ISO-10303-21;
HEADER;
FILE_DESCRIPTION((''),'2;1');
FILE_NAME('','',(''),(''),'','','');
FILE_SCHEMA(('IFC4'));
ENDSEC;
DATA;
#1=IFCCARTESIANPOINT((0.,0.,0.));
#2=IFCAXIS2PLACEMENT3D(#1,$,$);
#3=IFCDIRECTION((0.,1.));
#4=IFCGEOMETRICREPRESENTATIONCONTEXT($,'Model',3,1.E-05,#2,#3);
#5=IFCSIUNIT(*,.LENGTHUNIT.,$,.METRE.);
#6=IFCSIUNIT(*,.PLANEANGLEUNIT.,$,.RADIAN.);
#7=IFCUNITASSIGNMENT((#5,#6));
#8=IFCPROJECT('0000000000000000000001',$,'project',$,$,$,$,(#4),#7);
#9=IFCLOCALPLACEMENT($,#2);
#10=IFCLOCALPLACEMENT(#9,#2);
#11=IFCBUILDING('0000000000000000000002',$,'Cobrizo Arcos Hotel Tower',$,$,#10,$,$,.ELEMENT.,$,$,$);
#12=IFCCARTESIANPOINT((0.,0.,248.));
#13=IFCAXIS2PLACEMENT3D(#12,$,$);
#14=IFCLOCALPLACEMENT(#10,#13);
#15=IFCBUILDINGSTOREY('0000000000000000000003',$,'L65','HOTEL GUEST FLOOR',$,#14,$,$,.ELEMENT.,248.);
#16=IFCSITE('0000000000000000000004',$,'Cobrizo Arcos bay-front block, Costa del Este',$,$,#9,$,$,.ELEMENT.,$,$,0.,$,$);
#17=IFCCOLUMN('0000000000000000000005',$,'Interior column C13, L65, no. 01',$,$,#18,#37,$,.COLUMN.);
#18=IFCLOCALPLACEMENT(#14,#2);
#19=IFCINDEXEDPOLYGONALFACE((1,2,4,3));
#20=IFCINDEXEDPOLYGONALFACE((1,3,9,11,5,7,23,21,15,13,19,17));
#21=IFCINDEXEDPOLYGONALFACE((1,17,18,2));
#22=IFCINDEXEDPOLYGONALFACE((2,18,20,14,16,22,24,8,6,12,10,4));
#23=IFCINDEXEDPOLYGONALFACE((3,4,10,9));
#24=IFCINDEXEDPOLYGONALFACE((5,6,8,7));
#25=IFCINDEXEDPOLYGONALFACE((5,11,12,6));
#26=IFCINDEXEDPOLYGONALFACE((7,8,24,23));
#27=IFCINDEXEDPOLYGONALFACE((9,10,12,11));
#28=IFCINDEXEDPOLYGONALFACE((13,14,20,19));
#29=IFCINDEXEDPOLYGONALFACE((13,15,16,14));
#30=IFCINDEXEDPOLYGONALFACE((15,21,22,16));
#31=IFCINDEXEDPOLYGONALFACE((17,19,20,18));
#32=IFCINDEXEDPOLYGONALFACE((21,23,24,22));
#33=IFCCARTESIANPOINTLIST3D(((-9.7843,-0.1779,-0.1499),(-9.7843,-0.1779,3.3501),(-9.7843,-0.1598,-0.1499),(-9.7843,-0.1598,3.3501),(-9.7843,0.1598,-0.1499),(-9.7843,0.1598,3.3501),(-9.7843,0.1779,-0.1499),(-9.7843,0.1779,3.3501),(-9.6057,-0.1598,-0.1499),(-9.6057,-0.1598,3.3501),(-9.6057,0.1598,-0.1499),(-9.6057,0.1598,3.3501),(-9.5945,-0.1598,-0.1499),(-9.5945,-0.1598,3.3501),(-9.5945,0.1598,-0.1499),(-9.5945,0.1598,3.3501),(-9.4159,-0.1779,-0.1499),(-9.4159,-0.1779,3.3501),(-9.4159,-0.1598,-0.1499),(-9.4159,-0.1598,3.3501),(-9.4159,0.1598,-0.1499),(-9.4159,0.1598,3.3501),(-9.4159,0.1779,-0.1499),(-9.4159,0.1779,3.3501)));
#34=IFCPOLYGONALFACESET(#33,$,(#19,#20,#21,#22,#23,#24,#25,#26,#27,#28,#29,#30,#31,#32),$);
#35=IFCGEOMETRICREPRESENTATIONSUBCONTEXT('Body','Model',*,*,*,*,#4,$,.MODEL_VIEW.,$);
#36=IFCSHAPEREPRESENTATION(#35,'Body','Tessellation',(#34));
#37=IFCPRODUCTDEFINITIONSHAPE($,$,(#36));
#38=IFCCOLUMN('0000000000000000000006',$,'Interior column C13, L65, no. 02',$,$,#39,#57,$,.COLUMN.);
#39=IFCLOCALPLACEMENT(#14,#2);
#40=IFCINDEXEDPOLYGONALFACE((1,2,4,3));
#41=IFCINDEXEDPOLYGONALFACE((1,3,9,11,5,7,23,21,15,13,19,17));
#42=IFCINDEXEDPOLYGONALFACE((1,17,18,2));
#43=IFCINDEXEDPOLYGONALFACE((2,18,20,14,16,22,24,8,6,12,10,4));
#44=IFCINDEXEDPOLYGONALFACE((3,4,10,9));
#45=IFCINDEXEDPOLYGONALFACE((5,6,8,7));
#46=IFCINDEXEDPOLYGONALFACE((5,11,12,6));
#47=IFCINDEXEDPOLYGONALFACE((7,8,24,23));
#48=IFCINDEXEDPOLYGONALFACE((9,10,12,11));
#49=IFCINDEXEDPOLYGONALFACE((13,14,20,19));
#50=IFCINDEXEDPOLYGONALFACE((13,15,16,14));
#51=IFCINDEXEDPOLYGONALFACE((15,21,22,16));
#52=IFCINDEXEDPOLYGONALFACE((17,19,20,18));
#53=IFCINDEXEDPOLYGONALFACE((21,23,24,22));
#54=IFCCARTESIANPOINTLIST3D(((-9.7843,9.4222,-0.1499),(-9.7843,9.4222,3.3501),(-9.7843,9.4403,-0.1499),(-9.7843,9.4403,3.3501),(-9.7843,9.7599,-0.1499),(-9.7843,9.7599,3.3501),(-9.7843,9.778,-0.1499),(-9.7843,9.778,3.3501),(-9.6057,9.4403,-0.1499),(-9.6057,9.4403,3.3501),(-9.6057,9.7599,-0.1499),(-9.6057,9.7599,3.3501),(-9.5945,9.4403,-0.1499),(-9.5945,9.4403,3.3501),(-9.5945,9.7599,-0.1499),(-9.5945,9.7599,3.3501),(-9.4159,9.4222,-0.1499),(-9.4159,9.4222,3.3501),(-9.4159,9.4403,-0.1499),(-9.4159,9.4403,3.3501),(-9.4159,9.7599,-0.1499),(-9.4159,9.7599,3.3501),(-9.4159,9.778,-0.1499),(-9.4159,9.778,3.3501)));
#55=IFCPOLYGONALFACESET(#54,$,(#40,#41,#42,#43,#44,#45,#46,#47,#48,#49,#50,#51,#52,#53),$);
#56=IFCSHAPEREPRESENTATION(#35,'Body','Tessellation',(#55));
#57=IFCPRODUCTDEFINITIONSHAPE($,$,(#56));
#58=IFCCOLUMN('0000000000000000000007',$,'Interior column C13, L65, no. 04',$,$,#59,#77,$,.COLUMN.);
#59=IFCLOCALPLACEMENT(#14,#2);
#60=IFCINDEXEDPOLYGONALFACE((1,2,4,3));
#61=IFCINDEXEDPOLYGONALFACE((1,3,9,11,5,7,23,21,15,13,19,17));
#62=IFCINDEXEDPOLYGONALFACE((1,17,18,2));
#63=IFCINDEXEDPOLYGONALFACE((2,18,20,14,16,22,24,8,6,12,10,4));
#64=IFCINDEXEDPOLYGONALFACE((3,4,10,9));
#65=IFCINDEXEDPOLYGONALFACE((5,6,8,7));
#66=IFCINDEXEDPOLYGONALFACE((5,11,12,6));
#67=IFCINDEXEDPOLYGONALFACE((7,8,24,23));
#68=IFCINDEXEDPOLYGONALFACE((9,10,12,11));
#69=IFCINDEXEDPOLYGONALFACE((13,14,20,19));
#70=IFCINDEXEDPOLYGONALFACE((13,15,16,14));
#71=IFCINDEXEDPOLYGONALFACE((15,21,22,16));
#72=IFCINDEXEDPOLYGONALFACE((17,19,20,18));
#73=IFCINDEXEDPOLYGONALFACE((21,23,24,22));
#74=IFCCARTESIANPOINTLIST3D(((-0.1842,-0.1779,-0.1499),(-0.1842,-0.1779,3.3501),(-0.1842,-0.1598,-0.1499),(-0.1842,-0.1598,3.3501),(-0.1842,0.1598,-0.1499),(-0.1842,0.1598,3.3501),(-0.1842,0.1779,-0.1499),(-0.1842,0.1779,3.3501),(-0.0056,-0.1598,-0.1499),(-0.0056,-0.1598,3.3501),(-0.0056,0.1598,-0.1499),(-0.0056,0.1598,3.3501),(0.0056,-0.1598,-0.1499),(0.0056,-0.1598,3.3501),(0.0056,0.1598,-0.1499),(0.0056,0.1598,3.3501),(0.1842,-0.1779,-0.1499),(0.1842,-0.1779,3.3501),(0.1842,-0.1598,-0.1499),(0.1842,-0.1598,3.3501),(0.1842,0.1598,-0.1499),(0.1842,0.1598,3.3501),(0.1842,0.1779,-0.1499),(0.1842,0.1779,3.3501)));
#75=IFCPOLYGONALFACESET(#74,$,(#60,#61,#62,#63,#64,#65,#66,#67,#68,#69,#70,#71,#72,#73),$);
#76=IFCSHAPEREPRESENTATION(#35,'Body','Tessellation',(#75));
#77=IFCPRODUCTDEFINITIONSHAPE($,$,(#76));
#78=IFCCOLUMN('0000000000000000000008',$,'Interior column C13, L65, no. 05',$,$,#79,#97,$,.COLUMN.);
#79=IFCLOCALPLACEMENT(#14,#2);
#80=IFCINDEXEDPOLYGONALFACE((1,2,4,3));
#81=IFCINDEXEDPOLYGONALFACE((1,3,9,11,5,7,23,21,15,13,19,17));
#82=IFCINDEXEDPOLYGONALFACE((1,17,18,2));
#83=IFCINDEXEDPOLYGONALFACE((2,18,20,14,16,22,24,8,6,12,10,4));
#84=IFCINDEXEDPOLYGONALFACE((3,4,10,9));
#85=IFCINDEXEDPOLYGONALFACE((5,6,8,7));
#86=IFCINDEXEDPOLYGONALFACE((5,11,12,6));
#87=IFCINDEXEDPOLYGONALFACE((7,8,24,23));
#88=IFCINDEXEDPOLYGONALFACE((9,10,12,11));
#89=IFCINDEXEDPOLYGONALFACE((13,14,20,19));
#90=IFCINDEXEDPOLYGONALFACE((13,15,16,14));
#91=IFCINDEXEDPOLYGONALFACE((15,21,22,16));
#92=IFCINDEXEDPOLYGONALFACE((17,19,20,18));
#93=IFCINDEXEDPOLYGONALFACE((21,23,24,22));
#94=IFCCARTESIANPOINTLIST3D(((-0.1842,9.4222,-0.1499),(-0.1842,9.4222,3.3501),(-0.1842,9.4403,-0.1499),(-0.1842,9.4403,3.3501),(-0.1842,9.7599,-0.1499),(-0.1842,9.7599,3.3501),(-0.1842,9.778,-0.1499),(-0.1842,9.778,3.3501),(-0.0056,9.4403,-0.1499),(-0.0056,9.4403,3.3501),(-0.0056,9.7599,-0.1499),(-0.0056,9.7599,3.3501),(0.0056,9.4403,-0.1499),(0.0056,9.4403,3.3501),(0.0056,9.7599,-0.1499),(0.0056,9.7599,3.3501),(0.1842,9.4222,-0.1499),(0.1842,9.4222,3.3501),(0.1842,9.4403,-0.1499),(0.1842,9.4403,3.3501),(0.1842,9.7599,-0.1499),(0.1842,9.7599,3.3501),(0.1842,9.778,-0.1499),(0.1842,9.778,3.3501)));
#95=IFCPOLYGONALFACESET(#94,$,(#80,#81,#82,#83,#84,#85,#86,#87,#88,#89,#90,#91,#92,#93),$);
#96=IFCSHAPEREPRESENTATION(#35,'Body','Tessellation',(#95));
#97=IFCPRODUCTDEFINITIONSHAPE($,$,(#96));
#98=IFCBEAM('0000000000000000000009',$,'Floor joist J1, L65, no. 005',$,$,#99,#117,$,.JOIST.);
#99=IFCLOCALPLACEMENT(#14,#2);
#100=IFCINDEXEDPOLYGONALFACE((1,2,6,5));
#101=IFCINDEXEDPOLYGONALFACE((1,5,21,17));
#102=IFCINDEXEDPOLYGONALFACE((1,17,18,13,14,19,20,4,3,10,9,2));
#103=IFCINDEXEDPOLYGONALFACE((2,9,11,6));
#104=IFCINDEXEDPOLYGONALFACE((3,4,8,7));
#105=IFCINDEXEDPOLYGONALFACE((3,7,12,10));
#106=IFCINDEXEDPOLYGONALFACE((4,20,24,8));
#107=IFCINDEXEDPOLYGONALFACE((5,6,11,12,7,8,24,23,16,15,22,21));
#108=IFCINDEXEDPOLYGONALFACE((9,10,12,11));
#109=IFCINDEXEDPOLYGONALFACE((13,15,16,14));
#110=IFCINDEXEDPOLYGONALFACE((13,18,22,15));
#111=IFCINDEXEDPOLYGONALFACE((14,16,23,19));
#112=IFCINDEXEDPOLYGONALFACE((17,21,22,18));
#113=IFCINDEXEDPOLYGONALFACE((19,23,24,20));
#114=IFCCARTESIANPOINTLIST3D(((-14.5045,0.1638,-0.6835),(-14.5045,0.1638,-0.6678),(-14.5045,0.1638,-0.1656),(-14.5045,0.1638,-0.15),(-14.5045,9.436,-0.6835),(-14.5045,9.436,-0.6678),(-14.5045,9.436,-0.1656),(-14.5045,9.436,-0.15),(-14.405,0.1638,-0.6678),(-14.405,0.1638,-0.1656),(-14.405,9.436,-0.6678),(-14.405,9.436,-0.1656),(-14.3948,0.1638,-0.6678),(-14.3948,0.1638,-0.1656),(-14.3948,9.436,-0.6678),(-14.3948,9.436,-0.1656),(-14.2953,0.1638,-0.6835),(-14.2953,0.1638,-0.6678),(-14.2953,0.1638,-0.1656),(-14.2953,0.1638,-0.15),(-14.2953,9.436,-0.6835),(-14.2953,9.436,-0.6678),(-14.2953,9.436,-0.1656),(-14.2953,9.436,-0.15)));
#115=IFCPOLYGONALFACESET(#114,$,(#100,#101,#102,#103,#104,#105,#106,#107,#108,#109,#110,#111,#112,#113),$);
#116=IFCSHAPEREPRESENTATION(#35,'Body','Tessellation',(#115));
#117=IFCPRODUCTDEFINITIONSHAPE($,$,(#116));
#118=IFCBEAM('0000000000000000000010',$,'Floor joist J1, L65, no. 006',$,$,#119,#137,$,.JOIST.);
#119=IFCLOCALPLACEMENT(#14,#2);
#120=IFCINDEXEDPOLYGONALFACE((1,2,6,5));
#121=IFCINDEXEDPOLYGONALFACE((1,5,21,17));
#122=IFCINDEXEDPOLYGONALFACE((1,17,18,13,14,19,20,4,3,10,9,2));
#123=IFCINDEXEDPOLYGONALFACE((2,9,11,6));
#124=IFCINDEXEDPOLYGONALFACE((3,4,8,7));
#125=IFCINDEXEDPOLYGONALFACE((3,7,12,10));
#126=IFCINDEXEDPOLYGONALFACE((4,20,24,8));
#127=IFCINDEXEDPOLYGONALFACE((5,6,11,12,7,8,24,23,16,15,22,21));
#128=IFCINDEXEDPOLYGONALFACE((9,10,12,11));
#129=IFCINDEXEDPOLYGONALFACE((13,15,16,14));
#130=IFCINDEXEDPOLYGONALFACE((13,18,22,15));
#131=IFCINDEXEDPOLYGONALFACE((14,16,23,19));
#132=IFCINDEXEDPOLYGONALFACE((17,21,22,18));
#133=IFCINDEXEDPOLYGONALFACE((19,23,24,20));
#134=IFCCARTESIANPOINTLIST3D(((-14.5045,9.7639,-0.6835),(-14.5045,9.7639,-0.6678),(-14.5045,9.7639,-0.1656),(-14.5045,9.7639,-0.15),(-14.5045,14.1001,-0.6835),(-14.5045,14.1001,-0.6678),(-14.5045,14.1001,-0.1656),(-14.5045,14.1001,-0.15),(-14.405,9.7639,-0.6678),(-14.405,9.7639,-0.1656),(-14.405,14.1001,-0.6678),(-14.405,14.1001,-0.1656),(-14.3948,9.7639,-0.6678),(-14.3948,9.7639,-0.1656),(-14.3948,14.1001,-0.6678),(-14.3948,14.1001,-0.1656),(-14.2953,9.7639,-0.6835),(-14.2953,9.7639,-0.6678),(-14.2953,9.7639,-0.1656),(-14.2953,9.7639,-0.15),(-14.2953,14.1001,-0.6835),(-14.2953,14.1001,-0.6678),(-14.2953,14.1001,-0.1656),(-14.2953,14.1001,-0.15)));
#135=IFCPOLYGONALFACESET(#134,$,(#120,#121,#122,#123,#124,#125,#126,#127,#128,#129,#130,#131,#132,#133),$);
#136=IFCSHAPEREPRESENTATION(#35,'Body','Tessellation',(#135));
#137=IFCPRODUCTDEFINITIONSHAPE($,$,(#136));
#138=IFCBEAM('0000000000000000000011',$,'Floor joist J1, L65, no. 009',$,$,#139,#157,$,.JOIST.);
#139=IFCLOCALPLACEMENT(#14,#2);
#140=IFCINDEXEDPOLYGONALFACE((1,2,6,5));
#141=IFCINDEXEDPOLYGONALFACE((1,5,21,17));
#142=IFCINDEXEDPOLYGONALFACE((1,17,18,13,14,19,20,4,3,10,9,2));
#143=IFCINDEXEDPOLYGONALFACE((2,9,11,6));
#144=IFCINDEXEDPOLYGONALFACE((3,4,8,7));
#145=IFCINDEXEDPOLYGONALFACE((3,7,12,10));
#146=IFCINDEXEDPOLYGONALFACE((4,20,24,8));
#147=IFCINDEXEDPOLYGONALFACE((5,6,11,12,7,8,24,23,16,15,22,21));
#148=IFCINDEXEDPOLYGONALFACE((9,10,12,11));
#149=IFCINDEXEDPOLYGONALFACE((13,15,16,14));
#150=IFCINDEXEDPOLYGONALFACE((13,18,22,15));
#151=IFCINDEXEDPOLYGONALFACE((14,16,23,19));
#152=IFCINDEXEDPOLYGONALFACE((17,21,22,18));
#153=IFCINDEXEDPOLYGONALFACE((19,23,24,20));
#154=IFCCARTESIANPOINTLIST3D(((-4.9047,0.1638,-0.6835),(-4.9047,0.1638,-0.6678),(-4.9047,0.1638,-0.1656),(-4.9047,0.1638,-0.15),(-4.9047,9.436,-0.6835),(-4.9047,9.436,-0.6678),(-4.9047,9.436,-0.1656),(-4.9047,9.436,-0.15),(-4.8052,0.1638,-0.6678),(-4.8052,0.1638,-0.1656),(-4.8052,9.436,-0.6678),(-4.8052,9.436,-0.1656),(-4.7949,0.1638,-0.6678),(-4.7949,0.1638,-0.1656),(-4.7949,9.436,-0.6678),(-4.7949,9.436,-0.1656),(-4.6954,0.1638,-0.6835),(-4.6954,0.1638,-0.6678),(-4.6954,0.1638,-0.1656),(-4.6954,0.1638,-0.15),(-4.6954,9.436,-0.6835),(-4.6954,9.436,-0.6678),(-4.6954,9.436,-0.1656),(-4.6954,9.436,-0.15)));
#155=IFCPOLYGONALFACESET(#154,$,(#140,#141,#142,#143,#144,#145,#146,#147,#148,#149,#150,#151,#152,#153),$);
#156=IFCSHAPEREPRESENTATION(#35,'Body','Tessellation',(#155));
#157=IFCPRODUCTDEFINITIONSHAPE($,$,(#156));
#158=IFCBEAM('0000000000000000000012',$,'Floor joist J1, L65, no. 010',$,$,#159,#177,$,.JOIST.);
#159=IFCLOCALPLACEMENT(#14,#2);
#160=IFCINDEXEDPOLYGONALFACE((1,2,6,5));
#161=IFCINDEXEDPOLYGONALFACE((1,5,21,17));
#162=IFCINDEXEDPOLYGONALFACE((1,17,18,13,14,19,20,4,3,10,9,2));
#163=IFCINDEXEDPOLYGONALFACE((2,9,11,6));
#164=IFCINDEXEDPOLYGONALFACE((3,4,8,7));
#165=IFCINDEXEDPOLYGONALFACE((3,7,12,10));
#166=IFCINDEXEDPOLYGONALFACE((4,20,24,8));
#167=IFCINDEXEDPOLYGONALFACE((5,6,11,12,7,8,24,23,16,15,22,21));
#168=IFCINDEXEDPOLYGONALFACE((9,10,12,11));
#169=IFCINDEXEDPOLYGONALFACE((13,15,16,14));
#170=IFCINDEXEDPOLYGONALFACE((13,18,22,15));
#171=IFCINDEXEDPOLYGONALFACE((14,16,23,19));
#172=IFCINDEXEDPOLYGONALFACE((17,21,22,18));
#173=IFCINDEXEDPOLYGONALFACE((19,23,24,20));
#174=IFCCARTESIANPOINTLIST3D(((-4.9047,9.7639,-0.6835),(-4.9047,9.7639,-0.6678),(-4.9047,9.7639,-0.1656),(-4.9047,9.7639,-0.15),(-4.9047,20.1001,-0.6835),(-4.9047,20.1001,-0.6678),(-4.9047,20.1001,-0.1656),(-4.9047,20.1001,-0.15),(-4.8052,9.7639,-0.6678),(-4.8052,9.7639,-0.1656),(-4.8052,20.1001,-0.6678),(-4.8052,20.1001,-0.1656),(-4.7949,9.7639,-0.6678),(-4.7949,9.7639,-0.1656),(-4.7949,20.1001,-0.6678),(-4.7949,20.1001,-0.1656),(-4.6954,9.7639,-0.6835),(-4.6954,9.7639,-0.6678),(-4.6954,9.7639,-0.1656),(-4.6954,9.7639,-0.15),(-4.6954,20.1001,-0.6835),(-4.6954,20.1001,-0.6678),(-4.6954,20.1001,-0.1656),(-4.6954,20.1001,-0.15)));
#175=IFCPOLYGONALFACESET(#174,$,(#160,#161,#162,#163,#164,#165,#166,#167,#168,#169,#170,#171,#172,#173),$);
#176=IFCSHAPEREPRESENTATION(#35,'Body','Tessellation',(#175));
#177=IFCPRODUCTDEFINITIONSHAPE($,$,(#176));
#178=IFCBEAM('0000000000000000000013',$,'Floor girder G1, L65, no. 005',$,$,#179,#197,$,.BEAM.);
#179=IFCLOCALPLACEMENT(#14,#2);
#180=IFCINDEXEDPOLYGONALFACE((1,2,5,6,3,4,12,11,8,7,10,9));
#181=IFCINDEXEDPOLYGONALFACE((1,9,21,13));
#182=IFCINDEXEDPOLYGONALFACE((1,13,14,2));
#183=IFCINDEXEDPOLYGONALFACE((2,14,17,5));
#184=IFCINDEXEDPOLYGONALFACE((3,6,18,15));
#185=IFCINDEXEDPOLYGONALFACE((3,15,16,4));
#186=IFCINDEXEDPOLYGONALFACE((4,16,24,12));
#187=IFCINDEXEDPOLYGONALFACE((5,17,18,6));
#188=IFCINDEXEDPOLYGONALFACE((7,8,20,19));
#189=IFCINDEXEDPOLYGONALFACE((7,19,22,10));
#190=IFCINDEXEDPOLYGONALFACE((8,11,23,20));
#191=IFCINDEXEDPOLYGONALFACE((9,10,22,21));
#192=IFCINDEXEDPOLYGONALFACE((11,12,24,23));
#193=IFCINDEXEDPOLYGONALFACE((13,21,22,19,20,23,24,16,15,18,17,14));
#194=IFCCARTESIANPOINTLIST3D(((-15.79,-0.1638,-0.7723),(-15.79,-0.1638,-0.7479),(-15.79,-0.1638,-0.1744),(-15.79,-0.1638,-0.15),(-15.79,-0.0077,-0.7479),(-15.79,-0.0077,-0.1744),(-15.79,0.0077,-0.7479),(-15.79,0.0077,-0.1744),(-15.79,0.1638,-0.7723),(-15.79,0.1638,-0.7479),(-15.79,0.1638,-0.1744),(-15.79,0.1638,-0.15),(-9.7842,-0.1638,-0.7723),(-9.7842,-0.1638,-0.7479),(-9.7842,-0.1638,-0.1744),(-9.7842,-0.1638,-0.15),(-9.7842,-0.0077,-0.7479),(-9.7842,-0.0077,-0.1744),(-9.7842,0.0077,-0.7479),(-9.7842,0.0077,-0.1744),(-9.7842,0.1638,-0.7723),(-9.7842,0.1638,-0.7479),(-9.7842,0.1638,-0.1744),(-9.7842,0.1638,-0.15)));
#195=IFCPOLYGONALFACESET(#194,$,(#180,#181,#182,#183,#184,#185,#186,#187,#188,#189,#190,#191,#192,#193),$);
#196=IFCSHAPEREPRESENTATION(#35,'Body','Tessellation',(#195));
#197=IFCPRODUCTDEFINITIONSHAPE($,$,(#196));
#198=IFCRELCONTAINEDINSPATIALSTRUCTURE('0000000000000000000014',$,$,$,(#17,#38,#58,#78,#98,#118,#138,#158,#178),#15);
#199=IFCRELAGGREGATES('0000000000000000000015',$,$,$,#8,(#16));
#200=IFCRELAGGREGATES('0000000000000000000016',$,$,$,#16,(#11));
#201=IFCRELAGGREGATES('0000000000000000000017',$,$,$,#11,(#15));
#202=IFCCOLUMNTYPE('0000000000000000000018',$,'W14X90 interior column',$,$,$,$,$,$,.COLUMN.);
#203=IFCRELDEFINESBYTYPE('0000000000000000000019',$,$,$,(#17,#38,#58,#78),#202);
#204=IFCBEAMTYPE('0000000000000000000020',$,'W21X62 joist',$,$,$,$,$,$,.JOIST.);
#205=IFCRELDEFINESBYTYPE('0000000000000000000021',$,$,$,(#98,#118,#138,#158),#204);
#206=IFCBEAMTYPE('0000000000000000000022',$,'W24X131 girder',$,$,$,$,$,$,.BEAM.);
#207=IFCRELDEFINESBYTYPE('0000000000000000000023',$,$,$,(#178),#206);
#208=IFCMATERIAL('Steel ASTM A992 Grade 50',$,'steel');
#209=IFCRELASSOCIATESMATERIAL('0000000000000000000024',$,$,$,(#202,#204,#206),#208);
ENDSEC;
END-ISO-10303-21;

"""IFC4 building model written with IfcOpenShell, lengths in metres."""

from ifc_helpers import new_model, si_unit, direction, frame, origin, origin_2d, place, context, subcontext, project, spatial, i_section, extrude, material, material_profile, profile_set, type_object, element, save


model = new_model("IFC4")

# Units and contexts
model_context = context("Model", 3, precision=1e-05, world=origin(), true_north=direction((0.0, 1.0)))
body_context = subcontext(model_context, "Body", "Model", "MODEL_VIEW")
ifc_project = project(units=[si_unit("LENGTHUNIT", "METRE"), si_unit("PLANEANGLEUNIT", "RADIAN")], contexts=[model_context])

# Site, building, storey
site_placement = place(None, origin())
site = spatial("IfcSite", under=ifc_project, at=site_placement, Name="Cobrizo Arcos bay-front block, Costa del Este", CompositionType="ELEMENT", RefElevation=0.0)
building_placement = place(site_placement, origin())
building = spatial("IfcBuilding", under=site, at=building_placement, Name="Cobrizo Arcos Hotel Tower", CompositionType="ELEMENT")
storey_placement = place(building_placement, frame((0.0, 0.0, 248.0)))
storey = spatial("IfcBuildingStorey", under=building, at=storey_placement, Name="L65", Description="HOTEL GUEST FLOOR", CompositionType="ELEMENT", Elevation=248.0)

# Columns
ifc_material_1 = material(Name="Steel ASTM A992 Grade 50", Category="steel")
ifc_material_profile_1 = material_profile(ifc_material_1, i_section(OverallWidth=0.3684, OverallDepth=0.3557, WebThickness=0.0112, FlangeThickness=0.0181, at=origin_2d()), Name="W14X90")
ifc_profile_set_1 = profile_set([ifc_material_profile_1], Name="Steel ASTM A992 Grade 50")
column_type = type_object("IfcColumnType", Name="W14X90 interior column", PredefinedType="COLUMN", material=ifc_profile_set_1)
for number, where, z_axis, x_axis, name in (
    (1, (-9.6001, 0.0, -0.1499), (0.0, 0.0, 1.0), (1.0, 0.0, 0.0), "Interior column C13, L65, no. 01"),
    (2, (-9.6001, 9.6001, -0.1499), (0.0, 0.0, 1.0), (1.0, 0.0, 0.0), "Interior column C13, L65, no. 02"),
    (3, (0.0, 0.0, -0.1499), (0.0, 0.0, 1.0), (1.0, 0.0, 0.0), "Interior column C13, L65, no. 04"),
    (4, (0.0, 9.6001, -0.1499), (0.0, 0.0, 1.0), (1.0, 0.0, 0.0), "Interior column C13, L65, no. 05"),
):
    element("IfcColumn", number, at=place(storey_placement, frame(where, z_axis=z_axis, x_axis=x_axis)), inside=storey, type_object=column_type, Name=name, PredefinedType="COLUMN", context=body_context, shape_type="SweptSolid", body=[
        extrude(i_section(OverallWidth=0.3684, OverallDepth=0.3557, WebThickness=0.0112, FlangeThickness=0.0181, at=origin_2d()), origin(), (0.0, 0.0, 1.0), 3.5),
    ])

# Beams
ifc_material_profile_2 = material_profile(ifc_material_1, i_section(OverallWidth=0.2092, OverallDepth=0.5334, WebThickness=0.0103, FlangeThickness=0.0156, at=origin_2d()), Name="W21X62")
ifc_profile_set_2 = profile_set([ifc_material_profile_2], Name="Steel ASTM A992 Grade 50")
beam_type_1 = type_object("IfcBeamType", Name="W21X62 joist", PredefinedType="JOIST", material=ifc_profile_set_2)
beam_1_placement = place(storey_placement, frame((-14.3999, 0.1638, -0.4167), z_axis=(0.0, 1.0, 0.0), x_axis=(-1.0, 0.0, 0.0)))
element("IfcBeam", 5, at=beam_1_placement, inside=storey, type_object=beam_type_1, Name="Floor joist J1, L65, no. 005", PredefinedType="JOIST", context=body_context, shape_type="SweptSolid", body=[
    extrude(i_section(OverallWidth=0.2092, OverallDepth=0.5334, WebThickness=0.0103, FlangeThickness=0.0156, at=origin_2d()), origin(), (0.0, 0.0, 1.0), 9.2722),
])
beam_2_placement = place(storey_placement, frame((-14.3999, 9.7639, -0.4167), z_axis=(0.0, 1.0, 0.0), x_axis=(-1.0, 0.0, 0.0)))
element("IfcBeam", 6, at=beam_2_placement, inside=storey, type_object=beam_type_1, Name="Floor joist J1, L65, no. 006", PredefinedType="JOIST", context=body_context, shape_type="SweptSolid", body=[
    extrude(i_section(OverallWidth=0.2092, OverallDepth=0.5334, WebThickness=0.0103, FlangeThickness=0.0156, at=origin_2d()), origin(), (0.0, 0.0, 1.0), 4.3362),
])
beam_3_placement = place(storey_placement, frame((-4.8, 0.1638, -0.4167), z_axis=(0.0, 1.0, 0.0), x_axis=(-1.0, 0.0, 0.0)))
element("IfcBeam", 7, at=beam_3_placement, inside=storey, type_object=beam_type_1, Name="Floor joist J1, L65, no. 009", PredefinedType="JOIST", context=body_context, shape_type="SweptSolid", body=[
    extrude(i_section(OverallWidth=0.2092, OverallDepth=0.5334, WebThickness=0.0103, FlangeThickness=0.0156, at=origin_2d()), origin(), (0.0, 0.0, 1.0), 9.2722),
])
beam_4_placement = place(storey_placement, frame((-4.8, 9.7639, -0.4167), z_axis=(0.0, 1.0, 0.0), x_axis=(-1.0, 0.0, 0.0)))
element("IfcBeam", 8, at=beam_4_placement, inside=storey, type_object=beam_type_1, Name="Floor joist J1, L65, no. 010", PredefinedType="JOIST", context=body_context, shape_type="SweptSolid", body=[
    extrude(i_section(OverallWidth=0.2092, OverallDepth=0.5334, WebThickness=0.0103, FlangeThickness=0.0156, at=origin_2d()), origin(), (0.0, 0.0, 1.0), 10.3362),
])
ifc_material_profile_3 = material_profile(ifc_material_1, i_section(OverallWidth=0.3276, OverallDepth=0.6223, WebThickness=0.0154, FlangeThickness=0.0244, at=origin_2d()), Name="W24X131")
ifc_profile_set_3 = profile_set([ifc_material_profile_3], Name="Steel ASTM A992 Grade 50")
beam_type_2 = type_object("IfcBeamType", Name="W24X131 girder", PredefinedType="BEAM", material=ifc_profile_set_3)
beam_5_placement = place(storey_placement, frame((-15.79, 0.0, -0.4612), z_axis=(1.0, 0.0, 0.0), x_axis=(0.0, 1.0, 0.0)))
element("IfcBeam", 9, at=beam_5_placement, inside=storey, type_object=beam_type_2, Name="Floor girder G1, L65, no. 005", PredefinedType="BEAM", context=body_context, shape_type="SweptSolid", body=[
    extrude(i_section(OverallWidth=0.3276, OverallDepth=0.6223, WebThickness=0.0154, FlangeThickness=0.0244, at=origin_2d()), origin(), (0.0, 0.0, 1.0), 6.0059),
])

save(model, "model.ifc")
